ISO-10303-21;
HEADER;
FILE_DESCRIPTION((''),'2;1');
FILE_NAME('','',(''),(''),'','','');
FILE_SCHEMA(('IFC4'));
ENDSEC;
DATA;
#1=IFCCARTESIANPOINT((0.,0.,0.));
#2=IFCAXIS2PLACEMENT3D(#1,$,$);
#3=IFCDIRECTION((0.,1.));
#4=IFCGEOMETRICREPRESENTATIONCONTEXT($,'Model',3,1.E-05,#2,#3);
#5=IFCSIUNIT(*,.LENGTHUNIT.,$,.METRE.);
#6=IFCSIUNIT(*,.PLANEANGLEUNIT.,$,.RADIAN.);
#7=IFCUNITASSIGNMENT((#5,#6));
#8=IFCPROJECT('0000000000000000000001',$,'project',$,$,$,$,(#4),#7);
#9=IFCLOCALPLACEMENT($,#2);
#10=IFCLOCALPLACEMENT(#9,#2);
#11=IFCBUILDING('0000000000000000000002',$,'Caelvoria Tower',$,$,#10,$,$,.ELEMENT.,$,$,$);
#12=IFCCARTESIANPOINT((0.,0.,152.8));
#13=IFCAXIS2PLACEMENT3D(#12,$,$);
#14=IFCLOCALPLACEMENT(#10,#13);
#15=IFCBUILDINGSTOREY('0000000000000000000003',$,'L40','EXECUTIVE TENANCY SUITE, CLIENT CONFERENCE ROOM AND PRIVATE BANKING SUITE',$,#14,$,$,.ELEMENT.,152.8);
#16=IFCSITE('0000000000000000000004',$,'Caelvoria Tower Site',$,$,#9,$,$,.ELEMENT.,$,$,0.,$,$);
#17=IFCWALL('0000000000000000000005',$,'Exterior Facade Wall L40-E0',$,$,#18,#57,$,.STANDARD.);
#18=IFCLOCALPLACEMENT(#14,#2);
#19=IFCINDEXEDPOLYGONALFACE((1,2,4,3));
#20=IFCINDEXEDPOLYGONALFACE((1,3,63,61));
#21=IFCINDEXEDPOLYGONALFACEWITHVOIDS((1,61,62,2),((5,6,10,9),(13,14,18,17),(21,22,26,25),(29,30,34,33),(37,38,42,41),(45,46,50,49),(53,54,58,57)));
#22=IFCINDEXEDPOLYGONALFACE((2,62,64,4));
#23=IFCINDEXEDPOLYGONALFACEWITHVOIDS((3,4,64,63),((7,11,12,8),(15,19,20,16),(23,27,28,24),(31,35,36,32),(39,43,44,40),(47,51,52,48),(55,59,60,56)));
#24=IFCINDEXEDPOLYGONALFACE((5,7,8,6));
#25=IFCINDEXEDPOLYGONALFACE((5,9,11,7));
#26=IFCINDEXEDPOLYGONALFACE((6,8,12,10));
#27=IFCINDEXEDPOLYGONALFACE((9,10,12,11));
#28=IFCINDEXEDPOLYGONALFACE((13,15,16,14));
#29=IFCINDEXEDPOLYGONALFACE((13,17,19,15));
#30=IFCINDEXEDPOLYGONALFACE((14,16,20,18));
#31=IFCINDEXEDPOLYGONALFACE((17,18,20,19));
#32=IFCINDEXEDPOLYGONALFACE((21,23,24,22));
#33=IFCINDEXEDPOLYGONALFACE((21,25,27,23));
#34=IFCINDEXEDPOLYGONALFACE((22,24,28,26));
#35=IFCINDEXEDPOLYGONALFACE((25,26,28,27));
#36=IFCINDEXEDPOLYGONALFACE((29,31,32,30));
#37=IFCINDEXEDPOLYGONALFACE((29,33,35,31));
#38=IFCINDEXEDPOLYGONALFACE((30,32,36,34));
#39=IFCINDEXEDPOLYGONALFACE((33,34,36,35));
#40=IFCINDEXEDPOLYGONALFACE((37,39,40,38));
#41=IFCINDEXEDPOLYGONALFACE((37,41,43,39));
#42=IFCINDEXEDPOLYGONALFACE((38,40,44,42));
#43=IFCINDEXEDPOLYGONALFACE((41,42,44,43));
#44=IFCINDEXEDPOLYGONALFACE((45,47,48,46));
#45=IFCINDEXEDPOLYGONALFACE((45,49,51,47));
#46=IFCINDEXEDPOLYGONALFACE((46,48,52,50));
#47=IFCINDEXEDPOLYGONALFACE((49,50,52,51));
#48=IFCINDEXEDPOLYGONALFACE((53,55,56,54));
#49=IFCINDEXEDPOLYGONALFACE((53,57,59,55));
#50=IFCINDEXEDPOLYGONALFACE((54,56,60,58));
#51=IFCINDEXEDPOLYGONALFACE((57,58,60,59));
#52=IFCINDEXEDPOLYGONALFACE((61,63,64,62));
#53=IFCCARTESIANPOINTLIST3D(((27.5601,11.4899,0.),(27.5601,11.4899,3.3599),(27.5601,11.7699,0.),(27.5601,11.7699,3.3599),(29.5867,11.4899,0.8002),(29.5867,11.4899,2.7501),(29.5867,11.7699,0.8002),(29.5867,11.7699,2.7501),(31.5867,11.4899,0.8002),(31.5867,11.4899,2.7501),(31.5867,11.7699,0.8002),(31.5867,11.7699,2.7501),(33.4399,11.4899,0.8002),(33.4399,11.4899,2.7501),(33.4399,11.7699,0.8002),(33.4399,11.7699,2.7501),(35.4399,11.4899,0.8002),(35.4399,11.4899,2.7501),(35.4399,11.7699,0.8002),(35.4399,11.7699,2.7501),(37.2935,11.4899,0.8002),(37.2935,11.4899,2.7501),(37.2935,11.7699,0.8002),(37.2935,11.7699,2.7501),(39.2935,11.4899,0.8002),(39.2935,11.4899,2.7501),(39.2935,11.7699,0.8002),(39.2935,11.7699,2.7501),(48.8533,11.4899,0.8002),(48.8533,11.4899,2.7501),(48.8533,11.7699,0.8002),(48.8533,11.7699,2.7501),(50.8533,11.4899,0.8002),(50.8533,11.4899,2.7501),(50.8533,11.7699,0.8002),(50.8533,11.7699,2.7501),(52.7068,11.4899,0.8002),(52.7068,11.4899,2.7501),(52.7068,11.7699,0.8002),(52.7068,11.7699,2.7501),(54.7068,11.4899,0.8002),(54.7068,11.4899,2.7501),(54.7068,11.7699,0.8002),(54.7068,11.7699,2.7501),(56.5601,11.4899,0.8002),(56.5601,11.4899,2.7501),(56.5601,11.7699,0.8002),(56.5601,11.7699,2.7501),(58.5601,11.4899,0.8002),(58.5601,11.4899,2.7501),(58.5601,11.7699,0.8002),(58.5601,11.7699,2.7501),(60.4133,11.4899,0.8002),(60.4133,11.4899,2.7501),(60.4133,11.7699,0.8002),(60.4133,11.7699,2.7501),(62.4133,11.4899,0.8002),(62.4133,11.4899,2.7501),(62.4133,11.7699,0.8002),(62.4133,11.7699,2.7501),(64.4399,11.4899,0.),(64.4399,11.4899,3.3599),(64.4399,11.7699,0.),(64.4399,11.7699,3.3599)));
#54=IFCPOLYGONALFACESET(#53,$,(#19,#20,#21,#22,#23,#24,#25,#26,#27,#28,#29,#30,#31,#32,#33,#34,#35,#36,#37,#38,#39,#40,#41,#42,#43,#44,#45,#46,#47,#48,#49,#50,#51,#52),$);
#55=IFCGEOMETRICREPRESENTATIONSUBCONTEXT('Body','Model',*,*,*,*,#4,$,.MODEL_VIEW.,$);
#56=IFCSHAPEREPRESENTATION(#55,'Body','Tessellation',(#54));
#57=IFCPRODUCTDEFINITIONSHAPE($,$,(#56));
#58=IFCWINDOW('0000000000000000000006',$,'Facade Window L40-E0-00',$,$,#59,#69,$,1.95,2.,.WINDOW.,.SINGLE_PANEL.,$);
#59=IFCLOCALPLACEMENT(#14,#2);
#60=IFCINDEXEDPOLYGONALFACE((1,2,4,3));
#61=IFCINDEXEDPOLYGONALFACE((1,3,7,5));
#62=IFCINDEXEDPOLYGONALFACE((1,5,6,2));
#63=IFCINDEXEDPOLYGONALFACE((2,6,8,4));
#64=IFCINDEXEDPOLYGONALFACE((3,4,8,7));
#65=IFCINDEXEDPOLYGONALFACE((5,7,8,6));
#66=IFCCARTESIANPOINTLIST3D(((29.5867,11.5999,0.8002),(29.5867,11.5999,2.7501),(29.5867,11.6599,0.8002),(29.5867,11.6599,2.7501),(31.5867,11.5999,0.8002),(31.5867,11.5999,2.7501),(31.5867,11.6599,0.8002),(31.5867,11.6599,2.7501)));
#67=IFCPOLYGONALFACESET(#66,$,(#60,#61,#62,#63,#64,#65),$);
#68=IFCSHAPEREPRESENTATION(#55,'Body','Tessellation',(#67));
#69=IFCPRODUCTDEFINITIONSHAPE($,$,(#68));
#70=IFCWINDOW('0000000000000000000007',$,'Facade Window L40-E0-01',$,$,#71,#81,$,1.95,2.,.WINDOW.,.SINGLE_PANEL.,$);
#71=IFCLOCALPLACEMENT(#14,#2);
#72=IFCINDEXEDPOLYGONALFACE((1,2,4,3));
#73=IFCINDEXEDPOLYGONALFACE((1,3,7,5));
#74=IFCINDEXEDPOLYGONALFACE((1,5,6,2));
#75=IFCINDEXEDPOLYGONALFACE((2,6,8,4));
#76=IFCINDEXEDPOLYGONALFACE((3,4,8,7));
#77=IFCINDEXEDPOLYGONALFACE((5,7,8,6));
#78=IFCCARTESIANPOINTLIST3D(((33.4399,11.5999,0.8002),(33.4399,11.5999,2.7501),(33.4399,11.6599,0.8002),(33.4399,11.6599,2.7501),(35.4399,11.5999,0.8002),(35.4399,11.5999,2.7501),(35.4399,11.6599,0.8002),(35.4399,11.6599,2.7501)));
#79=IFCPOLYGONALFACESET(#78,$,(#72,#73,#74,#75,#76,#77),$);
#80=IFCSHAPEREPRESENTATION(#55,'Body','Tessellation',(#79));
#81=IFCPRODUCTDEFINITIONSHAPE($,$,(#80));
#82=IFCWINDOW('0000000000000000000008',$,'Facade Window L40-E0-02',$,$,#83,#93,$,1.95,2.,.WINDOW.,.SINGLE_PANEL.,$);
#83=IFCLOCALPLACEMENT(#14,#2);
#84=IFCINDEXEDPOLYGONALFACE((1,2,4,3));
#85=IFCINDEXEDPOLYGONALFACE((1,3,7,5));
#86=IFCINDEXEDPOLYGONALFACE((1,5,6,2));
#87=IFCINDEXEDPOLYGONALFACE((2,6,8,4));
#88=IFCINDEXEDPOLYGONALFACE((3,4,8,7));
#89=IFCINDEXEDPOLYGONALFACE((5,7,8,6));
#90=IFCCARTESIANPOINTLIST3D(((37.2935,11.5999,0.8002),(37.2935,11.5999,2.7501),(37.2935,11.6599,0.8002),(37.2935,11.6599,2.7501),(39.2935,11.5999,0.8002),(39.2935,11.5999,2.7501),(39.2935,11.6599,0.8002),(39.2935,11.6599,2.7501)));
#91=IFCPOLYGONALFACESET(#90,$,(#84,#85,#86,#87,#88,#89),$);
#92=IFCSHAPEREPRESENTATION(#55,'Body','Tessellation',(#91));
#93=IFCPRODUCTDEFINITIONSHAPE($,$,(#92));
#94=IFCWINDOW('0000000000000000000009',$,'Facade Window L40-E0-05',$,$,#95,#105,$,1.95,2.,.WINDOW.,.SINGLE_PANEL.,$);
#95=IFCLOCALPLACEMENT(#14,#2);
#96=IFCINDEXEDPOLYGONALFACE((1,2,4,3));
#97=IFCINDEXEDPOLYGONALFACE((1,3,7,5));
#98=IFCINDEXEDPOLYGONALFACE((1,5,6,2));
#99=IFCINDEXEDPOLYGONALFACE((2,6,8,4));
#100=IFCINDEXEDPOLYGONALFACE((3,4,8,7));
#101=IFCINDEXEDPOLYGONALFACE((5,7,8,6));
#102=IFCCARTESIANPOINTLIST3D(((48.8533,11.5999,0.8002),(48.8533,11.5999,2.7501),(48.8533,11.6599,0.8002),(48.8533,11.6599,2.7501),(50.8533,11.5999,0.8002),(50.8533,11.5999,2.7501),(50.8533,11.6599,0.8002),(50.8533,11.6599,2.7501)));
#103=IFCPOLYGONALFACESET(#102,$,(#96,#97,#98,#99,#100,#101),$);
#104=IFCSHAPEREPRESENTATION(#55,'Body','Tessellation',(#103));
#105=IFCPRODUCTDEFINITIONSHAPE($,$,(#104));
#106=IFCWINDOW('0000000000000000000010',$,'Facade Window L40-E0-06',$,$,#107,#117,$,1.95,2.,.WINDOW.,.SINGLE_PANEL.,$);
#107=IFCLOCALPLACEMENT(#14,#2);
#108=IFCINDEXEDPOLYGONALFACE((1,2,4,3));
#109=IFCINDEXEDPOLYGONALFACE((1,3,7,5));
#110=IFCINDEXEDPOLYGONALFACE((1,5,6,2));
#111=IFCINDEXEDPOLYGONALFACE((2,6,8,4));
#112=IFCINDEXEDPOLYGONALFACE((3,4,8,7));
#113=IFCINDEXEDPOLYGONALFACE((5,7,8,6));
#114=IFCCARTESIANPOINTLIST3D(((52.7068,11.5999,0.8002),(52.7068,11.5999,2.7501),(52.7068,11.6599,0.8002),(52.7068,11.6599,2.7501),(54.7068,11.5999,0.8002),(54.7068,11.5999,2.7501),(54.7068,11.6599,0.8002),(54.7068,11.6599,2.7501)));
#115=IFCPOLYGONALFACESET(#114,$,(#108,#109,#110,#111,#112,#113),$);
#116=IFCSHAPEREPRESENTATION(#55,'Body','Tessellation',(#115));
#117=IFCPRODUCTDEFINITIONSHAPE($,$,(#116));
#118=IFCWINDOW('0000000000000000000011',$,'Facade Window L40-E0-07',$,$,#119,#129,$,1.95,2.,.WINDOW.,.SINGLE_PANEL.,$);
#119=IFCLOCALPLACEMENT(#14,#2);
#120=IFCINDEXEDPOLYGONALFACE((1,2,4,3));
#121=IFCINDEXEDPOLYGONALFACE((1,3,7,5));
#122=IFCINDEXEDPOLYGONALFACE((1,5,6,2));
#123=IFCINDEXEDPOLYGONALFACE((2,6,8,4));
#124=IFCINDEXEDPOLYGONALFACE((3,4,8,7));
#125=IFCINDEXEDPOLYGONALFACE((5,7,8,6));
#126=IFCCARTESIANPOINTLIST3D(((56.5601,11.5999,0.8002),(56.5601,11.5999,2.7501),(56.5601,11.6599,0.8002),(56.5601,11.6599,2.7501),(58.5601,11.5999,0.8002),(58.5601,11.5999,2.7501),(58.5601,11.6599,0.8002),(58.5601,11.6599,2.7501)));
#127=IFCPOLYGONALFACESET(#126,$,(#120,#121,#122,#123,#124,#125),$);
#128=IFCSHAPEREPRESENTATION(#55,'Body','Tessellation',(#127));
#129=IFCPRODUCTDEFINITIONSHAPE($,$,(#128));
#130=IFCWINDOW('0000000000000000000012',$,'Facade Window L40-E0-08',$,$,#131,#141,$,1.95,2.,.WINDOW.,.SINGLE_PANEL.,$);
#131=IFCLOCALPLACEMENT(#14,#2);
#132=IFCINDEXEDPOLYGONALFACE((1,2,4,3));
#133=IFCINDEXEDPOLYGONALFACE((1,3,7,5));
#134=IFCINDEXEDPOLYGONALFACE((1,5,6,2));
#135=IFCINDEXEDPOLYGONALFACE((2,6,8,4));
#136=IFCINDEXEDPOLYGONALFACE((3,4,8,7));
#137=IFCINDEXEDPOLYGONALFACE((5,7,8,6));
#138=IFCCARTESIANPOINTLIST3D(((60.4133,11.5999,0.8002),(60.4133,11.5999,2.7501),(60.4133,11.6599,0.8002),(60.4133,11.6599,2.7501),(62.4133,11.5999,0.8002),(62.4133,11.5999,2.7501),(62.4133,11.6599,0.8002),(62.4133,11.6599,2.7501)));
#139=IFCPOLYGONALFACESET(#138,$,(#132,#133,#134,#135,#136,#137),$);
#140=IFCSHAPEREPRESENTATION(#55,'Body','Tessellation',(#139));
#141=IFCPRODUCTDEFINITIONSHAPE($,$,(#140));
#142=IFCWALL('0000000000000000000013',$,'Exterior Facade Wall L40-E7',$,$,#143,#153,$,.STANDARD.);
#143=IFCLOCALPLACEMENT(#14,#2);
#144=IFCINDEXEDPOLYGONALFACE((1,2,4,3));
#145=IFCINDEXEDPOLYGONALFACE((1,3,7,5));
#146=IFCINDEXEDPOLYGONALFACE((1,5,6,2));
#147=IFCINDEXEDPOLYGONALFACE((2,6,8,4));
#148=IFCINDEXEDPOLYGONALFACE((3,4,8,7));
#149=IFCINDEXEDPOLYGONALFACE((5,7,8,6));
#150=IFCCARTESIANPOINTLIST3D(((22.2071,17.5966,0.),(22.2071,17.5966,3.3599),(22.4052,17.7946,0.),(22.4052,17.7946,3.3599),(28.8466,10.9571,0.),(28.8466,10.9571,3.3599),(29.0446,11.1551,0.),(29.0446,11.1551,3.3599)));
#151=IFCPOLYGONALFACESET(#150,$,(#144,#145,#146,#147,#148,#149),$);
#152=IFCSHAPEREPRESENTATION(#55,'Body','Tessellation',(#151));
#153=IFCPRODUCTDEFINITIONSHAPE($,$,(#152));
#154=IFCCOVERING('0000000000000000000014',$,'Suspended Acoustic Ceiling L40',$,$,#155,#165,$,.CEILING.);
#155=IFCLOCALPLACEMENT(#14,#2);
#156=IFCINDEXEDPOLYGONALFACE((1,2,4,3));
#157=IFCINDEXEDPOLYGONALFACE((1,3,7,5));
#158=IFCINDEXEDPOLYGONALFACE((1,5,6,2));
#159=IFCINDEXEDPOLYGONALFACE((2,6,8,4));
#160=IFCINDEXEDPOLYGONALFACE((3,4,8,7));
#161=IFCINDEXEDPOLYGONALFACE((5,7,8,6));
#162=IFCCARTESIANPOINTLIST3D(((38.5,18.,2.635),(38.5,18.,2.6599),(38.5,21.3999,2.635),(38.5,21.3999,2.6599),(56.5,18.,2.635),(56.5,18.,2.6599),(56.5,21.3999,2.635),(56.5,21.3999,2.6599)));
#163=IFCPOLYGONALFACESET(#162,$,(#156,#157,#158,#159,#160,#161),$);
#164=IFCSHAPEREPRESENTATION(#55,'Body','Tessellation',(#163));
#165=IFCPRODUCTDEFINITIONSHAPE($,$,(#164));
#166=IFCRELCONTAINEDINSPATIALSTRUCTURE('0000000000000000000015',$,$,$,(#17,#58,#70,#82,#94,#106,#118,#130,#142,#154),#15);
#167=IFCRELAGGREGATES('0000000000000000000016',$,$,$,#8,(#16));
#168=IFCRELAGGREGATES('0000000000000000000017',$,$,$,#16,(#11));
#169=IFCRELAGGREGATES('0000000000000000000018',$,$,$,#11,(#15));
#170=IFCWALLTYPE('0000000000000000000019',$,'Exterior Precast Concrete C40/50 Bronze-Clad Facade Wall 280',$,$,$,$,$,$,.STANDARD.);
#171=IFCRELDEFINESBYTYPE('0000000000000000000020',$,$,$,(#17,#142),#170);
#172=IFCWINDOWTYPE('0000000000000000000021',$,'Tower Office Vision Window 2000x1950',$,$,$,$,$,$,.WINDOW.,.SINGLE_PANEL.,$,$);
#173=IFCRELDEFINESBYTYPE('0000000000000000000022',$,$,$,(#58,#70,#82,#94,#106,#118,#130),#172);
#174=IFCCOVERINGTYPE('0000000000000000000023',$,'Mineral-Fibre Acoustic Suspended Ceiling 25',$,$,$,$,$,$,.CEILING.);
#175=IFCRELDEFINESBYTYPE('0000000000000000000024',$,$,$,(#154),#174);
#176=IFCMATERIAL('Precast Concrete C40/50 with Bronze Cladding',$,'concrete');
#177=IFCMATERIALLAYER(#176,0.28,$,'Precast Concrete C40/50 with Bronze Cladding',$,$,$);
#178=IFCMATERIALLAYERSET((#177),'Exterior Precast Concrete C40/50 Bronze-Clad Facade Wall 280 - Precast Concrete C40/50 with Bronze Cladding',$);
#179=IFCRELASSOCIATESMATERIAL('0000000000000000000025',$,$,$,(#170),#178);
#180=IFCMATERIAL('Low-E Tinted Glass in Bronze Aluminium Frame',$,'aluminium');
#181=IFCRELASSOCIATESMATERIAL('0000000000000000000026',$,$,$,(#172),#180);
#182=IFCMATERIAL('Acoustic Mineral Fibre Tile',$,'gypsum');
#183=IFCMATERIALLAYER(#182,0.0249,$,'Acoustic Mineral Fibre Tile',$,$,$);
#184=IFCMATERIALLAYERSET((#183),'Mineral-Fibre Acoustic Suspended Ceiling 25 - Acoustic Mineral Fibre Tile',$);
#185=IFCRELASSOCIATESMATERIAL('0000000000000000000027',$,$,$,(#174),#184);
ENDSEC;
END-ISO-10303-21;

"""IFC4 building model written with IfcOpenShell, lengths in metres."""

from ifc_helpers import new_model, si_unit, direction, frame, frame_2d, origin, place, context, subcontext, project, spatial, polyline, rectangle, outline, extrude, material, layer, layer_set, type_object, element, fill, save


model = new_model("IFC4")

# Units and contexts
model_context = context("Model", 3, precision=1e-05, world=origin(), true_north=direction((0.0, 1.0)))
body_context = subcontext(model_context, "Body", "Model", "MODEL_VIEW")
ifc_project = project(units=[si_unit("LENGTHUNIT", "METRE"), si_unit("PLANEANGLEUNIT", "RADIAN")], contexts=[model_context])

# Site, building, storey
site_placement = place(None, origin())
site = spatial("IfcSite", under=ifc_project, at=site_placement, Name="Caelvoria Tower Site", CompositionType="ELEMENT", RefElevation=0.0)
building_placement = place(site_placement, origin())
building = spatial("IfcBuilding", under=site, at=building_placement, Name="Caelvoria Tower", CompositionType="ELEMENT")
storey_placement = place(building_placement, frame((0.0, 0.0, 152.8)))
storey = spatial("IfcBuildingStorey", under=building, at=storey_placement, Name="L40", Description="EXECUTIVE TENANCY SUITE, CLIENT CONFERENCE ROOM AND PRIVATE BANKING SUITE", CompositionType="ELEMENT", Elevation=152.8)

# Wall, openings, windows
ifc_material_1 = material(Name="Precast Concrete C40/50 with Bronze Cladding", Category="concrete")
ifc_layer_1 = layer(ifc_material_1, 0.28, Name="Precast Concrete C40/50 with Bronze Cladding")
ifc_layer_set_1 = layer_set([ifc_layer_1], Name="Exterior Precast Concrete C40/50 Bronze-Clad Facade Wall 280 - Precast Concrete C40/50 with Bronze Cladding")
wall_type = type_object("IfcWallType", Name="Exterior Precast Concrete C40/50 Bronze-Clad Facade Wall 280", PredefinedType="STANDARD", material=ifc_layer_set_1)
wall_1_placement = place(storey_placement, frame((27.5601, 11.6299, 0.0), z_axis=(0.0, 0.0, 1.0), x_axis=(1.0, 0.0, 0.0)))
wall_1 = element("IfcWall", 1, at=wall_1_placement, inside=storey, type_object=wall_type, Name="Exterior Facade Wall L40-E0", PredefinedType="STANDARD", context=body_context, shape_type="SweptSolid", body=[
    extrude(rectangle(XDim=36.8799, YDim=0.28, at=frame_2d((18.4399, 0.0))), origin(), (0.0, 0.0, 1.0), 3.3599),
])
opening_1_placement = place(wall_1_placement, frame((2.0266, 0.0, 0.8)))
opening_1 = element("IfcOpeningElement", 2, at=opening_1_placement, cuts=wall_1, PredefinedType="OPENING", context=body_context, shape_type="SweptSolid", body=[
    extrude(rectangle(XDim=2.0, YDim=1.95, at=frame_2d((1.0, 0.9751))), frame((0.0, 0.1499, 0.0), z_axis=(0.0, -1.0, 0.0), x_axis=(1.0, 0.0, 0.0)), (0.0, 0.0, 1.0), 0.3),
])
opening_2_placement = place(wall_1_placement, frame((5.8799, 0.0, 0.8)))
opening_2 = element("IfcOpeningElement", 3, at=opening_2_placement, cuts=wall_1, PredefinedType="OPENING", context=body_context, shape_type="SweptSolid", body=[
    extrude(rectangle(XDim=2.0, YDim=1.95, at=frame_2d((1.0, 0.9751))), frame((0.0, 0.1499, 0.0), z_axis=(0.0, -1.0, 0.0), x_axis=(1.0, 0.0, 0.0)), (0.0, 0.0, 1.0), 0.3),
])
opening_3_placement = place(wall_1_placement, frame((9.7334, 0.0, 0.8)))
opening_3 = element("IfcOpeningElement", 4, at=opening_3_placement, cuts=wall_1, PredefinedType="OPENING", context=body_context, shape_type="SweptSolid", body=[
    extrude(rectangle(XDim=2.0, YDim=1.95, at=frame_2d((1.0, 0.9751))), frame((0.0, 0.1499, 0.0), z_axis=(0.0, -1.0, 0.0), x_axis=(1.0, 0.0, 0.0)), (0.0, 0.0, 1.0), 0.3),
])
opening_4_placement = place(wall_1_placement, frame((21.2932, 0.0, 0.8)))
opening_4 = element("IfcOpeningElement", 5, at=opening_4_placement, cuts=wall_1, PredefinedType="OPENING", context=body_context, shape_type="SweptSolid", body=[
    extrude(rectangle(XDim=2.0, YDim=1.95, at=frame_2d((1.0, 0.9751))), frame((0.0, 0.1499, 0.0), z_axis=(0.0, -1.0, 0.0), x_axis=(1.0, 0.0, 0.0)), (0.0, 0.0, 1.0), 0.3),
])
opening_5_placement = place(wall_1_placement, frame((25.1467, 0.0, 0.8)))
opening_5 = element("IfcOpeningElement", 6, at=opening_5_placement, cuts=wall_1, PredefinedType="OPENING", context=body_context, shape_type="SweptSolid", body=[
    extrude(rectangle(XDim=2.0, YDim=1.95, at=frame_2d((1.0, 0.9751))), frame((0.0, 0.1499, 0.0), z_axis=(0.0, -1.0, 0.0), x_axis=(1.0, 0.0, 0.0)), (0.0, 0.0, 1.0), 0.3),
])
opening_6_placement = place(wall_1_placement, frame((29.0, 0.0, 0.8)))
opening_6 = element("IfcOpeningElement", 7, at=opening_6_placement, cuts=wall_1, PredefinedType="OPENING", context=body_context, shape_type="SweptSolid", body=[
    extrude(rectangle(XDim=2.0, YDim=1.95, at=frame_2d((1.0, 0.9751))), frame((0.0, 0.1499, 0.0), z_axis=(0.0, -1.0, 0.0), x_axis=(1.0, 0.0, 0.0)), (0.0, 0.0, 1.0), 0.3),
])
opening_7_placement = place(wall_1_placement, frame((32.8533, 0.0, 0.8)))
opening_7 = element("IfcOpeningElement", 8, at=opening_7_placement, cuts=wall_1, PredefinedType="OPENING", context=body_context, shape_type="SweptSolid", body=[
    extrude(rectangle(XDim=2.0, YDim=1.95, at=frame_2d((1.0, 0.9751))), frame((0.0, 0.1499, 0.0), z_axis=(0.0, -1.0, 0.0), x_axis=(1.0, 0.0, 0.0)), (0.0, 0.0, 1.0), 0.3),
])
ifc_material_2 = material(Name="Low-E Tinted Glass in Bronze Aluminium Frame", Category="aluminium")
window_type = type_object("IfcWindowType", Name="Tower Office Vision Window 2000x1950", PartitioningType="SINGLE_PANEL", PredefinedType="WINDOW", material=ifc_material_2)
window_1_placement = place(opening_1_placement, origin())
window_1 = element("IfcWindow", 9, at=window_1_placement, inside=storey, type_object=window_type, Name="Facade Window L40-E0-00", OverallHeight=1.95, OverallWidth=2.0, PartitioningType="SINGLE_PANEL", PredefinedType="WINDOW", context=body_context, shape_type="SweptSolid", body=[
    extrude(rectangle(XDim=2.0, YDim=1.95, at=frame_2d((1.0, 0.9751))), frame((0.0, 0.03, 0.0), z_axis=(0.0, -1.0, 0.0), x_axis=(1.0, 0.0, 0.0)), (0.0, 0.0, 1.0), 0.0601),
])
fill(opening_1, window_1)
window_2_placement = place(opening_2_placement, origin())
window_2 = element("IfcWindow", 10, at=window_2_placement, inside=storey, type_object=window_type, Name="Facade Window L40-E0-01", OverallHeight=1.95, OverallWidth=2.0, PartitioningType="SINGLE_PANEL", PredefinedType="WINDOW", context=body_context, shape_type="SweptSolid", body=[
    extrude(rectangle(XDim=2.0, YDim=1.95, at=frame_2d((1.0, 0.9751))), frame((0.0, 0.03, 0.0), z_axis=(0.0, -1.0, 0.0), x_axis=(1.0, 0.0, 0.0)), (0.0, 0.0, 1.0), 0.0601),
])
fill(opening_2, window_2)
window_3_placement = place(opening_3_placement, origin())
window_3 = element("IfcWindow", 11, at=window_3_placement, inside=storey, type_object=window_type, Name="Facade Window L40-E0-02", OverallHeight=1.95, OverallWidth=2.0, PartitioningType="SINGLE_PANEL", PredefinedType="WINDOW", context=body_context, shape_type="SweptSolid", body=[
    extrude(rectangle(XDim=2.0, YDim=1.95, at=frame_2d((1.0, 0.9751))), frame((0.0, 0.03, 0.0), z_axis=(0.0, -1.0, 0.0), x_axis=(1.0, 0.0, 0.0)), (0.0, 0.0, 1.0), 0.0601),
])
fill(opening_3, window_3)
window_4_placement = place(opening_4_placement, origin())
window_4 = element("IfcWindow", 12, at=window_4_placement, inside=storey, type_object=window_type, Name="Facade Window L40-E0-05", OverallHeight=1.95, OverallWidth=2.0, PartitioningType="SINGLE_PANEL", PredefinedType="WINDOW", context=body_context, shape_type="SweptSolid", body=[
    extrude(rectangle(XDim=2.0, YDim=1.95, at=frame_2d((1.0, 0.9751))), frame((0.0, 0.03, 0.0), z_axis=(0.0, -1.0, 0.0), x_axis=(1.0, 0.0, 0.0)), (0.0, 0.0, 1.0), 0.0601),
])
fill(opening_4, window_4)
window_5_placement = place(opening_5_placement, origin())
window_5 = element("IfcWindow", 13, at=window_5_placement, inside=storey, type_object=window_type, Name="Facade Window L40-E0-06", OverallHeight=1.95, OverallWidth=2.0, PartitioningType="SINGLE_PANEL", PredefinedType="WINDOW", context=body_context, shape_type="SweptSolid", body=[
    extrude(rectangle(XDim=2.0, YDim=1.95, at=frame_2d((1.0, 0.9751))), frame((0.0, 0.03, 0.0), z_axis=(0.0, -1.0, 0.0), x_axis=(1.0, 0.0, 0.0)), (0.0, 0.0, 1.0), 0.0601),
])
fill(opening_5, window_5)
window_6_placement = place(opening_6_placement, origin())
window_6 = element("IfcWindow", 14, at=window_6_placement, inside=storey, type_object=window_type, Name="Facade Window L40-E0-07", OverallHeight=1.95, OverallWidth=2.0, PartitioningType="SINGLE_PANEL", PredefinedType="WINDOW", context=body_context, shape_type="SweptSolid", body=[
    extrude(rectangle(XDim=2.0, YDim=1.95, at=frame_2d((1.0, 0.9751))), frame((0.0, 0.03, 0.0), z_axis=(0.0, -1.0, 0.0), x_axis=(1.0, 0.0, 0.0)), (0.0, 0.0, 1.0), 0.0601),
])
fill(opening_6, window_6)
window_7_placement = place(opening_7_placement, origin())
window_7 = element("IfcWindow", 15, at=window_7_placement, inside=storey, type_object=window_type, Name="Facade Window L40-E0-08", OverallHeight=1.95, OverallWidth=2.0, PartitioningType="SINGLE_PANEL", PredefinedType="WINDOW", context=body_context, shape_type="SweptSolid", body=[
    extrude(rectangle(XDim=2.0, YDim=1.95, at=frame_2d((1.0, 0.9751))), frame((0.0, 0.03, 0.0), z_axis=(0.0, -1.0, 0.0), x_axis=(1.0, 0.0, 0.0)), (0.0, 0.0, 1.0), 0.0601),
])
fill(opening_7, window_7)

# Wall
wall_2_placement = place(storey_placement, frame((22.3062, 17.6956, 0.0), z_axis=(0.0, 0.0, 1.0), x_axis=(0.707107, -0.707107, 0.0)))
element("IfcWall", 16, at=wall_2_placement, inside=storey, type_object=wall_type, Name="Exterior Facade Wall L40-E7", PredefinedType="STANDARD", context=body_context, shape_type="SweptSolid", body=[
    extrude(rectangle(XDim=9.3896, YDim=0.28, at=frame_2d((4.6948, 0.0))), origin(), (0.0, 0.0, 1.0), 3.3599),
])

# Covering
ifc_material_3 = material(Name="Acoustic Mineral Fibre Tile", Category="gypsum")
ifc_layer_2 = layer(ifc_material_3, 0.0249, Name="Acoustic Mineral Fibre Tile")
ifc_layer_set_2 = layer_set([ifc_layer_2], Name="Mineral-Fibre Acoustic Suspended Ceiling 25 - Acoustic Mineral Fibre Tile")
covering_type_1 = type_object("IfcCoveringType", Name="Mineral-Fibre Acoustic Suspended Ceiling 25", PredefinedType="CEILING", material=ifc_layer_set_2)
covering_1_placement = place(storey_placement, frame((0.0, 0.0, 2.635)))
element("IfcCovering", 17, at=covering_1_placement, inside=storey, type_object=covering_type_1, Name="Suspended Acoustic Ceiling L40", PredefinedType="CEILING", context=body_context, shape_type="SweptSolid", body=[
    extrude(outline(polyline([(38.5, 18.0), (56.5, 18.0), (56.5, 21.3999), (38.5, 21.3999), (38.5, 18.0)])), origin(), (0.0, 0.0, 1.0), 0.0249),
])

save(model, "model.ifc")
